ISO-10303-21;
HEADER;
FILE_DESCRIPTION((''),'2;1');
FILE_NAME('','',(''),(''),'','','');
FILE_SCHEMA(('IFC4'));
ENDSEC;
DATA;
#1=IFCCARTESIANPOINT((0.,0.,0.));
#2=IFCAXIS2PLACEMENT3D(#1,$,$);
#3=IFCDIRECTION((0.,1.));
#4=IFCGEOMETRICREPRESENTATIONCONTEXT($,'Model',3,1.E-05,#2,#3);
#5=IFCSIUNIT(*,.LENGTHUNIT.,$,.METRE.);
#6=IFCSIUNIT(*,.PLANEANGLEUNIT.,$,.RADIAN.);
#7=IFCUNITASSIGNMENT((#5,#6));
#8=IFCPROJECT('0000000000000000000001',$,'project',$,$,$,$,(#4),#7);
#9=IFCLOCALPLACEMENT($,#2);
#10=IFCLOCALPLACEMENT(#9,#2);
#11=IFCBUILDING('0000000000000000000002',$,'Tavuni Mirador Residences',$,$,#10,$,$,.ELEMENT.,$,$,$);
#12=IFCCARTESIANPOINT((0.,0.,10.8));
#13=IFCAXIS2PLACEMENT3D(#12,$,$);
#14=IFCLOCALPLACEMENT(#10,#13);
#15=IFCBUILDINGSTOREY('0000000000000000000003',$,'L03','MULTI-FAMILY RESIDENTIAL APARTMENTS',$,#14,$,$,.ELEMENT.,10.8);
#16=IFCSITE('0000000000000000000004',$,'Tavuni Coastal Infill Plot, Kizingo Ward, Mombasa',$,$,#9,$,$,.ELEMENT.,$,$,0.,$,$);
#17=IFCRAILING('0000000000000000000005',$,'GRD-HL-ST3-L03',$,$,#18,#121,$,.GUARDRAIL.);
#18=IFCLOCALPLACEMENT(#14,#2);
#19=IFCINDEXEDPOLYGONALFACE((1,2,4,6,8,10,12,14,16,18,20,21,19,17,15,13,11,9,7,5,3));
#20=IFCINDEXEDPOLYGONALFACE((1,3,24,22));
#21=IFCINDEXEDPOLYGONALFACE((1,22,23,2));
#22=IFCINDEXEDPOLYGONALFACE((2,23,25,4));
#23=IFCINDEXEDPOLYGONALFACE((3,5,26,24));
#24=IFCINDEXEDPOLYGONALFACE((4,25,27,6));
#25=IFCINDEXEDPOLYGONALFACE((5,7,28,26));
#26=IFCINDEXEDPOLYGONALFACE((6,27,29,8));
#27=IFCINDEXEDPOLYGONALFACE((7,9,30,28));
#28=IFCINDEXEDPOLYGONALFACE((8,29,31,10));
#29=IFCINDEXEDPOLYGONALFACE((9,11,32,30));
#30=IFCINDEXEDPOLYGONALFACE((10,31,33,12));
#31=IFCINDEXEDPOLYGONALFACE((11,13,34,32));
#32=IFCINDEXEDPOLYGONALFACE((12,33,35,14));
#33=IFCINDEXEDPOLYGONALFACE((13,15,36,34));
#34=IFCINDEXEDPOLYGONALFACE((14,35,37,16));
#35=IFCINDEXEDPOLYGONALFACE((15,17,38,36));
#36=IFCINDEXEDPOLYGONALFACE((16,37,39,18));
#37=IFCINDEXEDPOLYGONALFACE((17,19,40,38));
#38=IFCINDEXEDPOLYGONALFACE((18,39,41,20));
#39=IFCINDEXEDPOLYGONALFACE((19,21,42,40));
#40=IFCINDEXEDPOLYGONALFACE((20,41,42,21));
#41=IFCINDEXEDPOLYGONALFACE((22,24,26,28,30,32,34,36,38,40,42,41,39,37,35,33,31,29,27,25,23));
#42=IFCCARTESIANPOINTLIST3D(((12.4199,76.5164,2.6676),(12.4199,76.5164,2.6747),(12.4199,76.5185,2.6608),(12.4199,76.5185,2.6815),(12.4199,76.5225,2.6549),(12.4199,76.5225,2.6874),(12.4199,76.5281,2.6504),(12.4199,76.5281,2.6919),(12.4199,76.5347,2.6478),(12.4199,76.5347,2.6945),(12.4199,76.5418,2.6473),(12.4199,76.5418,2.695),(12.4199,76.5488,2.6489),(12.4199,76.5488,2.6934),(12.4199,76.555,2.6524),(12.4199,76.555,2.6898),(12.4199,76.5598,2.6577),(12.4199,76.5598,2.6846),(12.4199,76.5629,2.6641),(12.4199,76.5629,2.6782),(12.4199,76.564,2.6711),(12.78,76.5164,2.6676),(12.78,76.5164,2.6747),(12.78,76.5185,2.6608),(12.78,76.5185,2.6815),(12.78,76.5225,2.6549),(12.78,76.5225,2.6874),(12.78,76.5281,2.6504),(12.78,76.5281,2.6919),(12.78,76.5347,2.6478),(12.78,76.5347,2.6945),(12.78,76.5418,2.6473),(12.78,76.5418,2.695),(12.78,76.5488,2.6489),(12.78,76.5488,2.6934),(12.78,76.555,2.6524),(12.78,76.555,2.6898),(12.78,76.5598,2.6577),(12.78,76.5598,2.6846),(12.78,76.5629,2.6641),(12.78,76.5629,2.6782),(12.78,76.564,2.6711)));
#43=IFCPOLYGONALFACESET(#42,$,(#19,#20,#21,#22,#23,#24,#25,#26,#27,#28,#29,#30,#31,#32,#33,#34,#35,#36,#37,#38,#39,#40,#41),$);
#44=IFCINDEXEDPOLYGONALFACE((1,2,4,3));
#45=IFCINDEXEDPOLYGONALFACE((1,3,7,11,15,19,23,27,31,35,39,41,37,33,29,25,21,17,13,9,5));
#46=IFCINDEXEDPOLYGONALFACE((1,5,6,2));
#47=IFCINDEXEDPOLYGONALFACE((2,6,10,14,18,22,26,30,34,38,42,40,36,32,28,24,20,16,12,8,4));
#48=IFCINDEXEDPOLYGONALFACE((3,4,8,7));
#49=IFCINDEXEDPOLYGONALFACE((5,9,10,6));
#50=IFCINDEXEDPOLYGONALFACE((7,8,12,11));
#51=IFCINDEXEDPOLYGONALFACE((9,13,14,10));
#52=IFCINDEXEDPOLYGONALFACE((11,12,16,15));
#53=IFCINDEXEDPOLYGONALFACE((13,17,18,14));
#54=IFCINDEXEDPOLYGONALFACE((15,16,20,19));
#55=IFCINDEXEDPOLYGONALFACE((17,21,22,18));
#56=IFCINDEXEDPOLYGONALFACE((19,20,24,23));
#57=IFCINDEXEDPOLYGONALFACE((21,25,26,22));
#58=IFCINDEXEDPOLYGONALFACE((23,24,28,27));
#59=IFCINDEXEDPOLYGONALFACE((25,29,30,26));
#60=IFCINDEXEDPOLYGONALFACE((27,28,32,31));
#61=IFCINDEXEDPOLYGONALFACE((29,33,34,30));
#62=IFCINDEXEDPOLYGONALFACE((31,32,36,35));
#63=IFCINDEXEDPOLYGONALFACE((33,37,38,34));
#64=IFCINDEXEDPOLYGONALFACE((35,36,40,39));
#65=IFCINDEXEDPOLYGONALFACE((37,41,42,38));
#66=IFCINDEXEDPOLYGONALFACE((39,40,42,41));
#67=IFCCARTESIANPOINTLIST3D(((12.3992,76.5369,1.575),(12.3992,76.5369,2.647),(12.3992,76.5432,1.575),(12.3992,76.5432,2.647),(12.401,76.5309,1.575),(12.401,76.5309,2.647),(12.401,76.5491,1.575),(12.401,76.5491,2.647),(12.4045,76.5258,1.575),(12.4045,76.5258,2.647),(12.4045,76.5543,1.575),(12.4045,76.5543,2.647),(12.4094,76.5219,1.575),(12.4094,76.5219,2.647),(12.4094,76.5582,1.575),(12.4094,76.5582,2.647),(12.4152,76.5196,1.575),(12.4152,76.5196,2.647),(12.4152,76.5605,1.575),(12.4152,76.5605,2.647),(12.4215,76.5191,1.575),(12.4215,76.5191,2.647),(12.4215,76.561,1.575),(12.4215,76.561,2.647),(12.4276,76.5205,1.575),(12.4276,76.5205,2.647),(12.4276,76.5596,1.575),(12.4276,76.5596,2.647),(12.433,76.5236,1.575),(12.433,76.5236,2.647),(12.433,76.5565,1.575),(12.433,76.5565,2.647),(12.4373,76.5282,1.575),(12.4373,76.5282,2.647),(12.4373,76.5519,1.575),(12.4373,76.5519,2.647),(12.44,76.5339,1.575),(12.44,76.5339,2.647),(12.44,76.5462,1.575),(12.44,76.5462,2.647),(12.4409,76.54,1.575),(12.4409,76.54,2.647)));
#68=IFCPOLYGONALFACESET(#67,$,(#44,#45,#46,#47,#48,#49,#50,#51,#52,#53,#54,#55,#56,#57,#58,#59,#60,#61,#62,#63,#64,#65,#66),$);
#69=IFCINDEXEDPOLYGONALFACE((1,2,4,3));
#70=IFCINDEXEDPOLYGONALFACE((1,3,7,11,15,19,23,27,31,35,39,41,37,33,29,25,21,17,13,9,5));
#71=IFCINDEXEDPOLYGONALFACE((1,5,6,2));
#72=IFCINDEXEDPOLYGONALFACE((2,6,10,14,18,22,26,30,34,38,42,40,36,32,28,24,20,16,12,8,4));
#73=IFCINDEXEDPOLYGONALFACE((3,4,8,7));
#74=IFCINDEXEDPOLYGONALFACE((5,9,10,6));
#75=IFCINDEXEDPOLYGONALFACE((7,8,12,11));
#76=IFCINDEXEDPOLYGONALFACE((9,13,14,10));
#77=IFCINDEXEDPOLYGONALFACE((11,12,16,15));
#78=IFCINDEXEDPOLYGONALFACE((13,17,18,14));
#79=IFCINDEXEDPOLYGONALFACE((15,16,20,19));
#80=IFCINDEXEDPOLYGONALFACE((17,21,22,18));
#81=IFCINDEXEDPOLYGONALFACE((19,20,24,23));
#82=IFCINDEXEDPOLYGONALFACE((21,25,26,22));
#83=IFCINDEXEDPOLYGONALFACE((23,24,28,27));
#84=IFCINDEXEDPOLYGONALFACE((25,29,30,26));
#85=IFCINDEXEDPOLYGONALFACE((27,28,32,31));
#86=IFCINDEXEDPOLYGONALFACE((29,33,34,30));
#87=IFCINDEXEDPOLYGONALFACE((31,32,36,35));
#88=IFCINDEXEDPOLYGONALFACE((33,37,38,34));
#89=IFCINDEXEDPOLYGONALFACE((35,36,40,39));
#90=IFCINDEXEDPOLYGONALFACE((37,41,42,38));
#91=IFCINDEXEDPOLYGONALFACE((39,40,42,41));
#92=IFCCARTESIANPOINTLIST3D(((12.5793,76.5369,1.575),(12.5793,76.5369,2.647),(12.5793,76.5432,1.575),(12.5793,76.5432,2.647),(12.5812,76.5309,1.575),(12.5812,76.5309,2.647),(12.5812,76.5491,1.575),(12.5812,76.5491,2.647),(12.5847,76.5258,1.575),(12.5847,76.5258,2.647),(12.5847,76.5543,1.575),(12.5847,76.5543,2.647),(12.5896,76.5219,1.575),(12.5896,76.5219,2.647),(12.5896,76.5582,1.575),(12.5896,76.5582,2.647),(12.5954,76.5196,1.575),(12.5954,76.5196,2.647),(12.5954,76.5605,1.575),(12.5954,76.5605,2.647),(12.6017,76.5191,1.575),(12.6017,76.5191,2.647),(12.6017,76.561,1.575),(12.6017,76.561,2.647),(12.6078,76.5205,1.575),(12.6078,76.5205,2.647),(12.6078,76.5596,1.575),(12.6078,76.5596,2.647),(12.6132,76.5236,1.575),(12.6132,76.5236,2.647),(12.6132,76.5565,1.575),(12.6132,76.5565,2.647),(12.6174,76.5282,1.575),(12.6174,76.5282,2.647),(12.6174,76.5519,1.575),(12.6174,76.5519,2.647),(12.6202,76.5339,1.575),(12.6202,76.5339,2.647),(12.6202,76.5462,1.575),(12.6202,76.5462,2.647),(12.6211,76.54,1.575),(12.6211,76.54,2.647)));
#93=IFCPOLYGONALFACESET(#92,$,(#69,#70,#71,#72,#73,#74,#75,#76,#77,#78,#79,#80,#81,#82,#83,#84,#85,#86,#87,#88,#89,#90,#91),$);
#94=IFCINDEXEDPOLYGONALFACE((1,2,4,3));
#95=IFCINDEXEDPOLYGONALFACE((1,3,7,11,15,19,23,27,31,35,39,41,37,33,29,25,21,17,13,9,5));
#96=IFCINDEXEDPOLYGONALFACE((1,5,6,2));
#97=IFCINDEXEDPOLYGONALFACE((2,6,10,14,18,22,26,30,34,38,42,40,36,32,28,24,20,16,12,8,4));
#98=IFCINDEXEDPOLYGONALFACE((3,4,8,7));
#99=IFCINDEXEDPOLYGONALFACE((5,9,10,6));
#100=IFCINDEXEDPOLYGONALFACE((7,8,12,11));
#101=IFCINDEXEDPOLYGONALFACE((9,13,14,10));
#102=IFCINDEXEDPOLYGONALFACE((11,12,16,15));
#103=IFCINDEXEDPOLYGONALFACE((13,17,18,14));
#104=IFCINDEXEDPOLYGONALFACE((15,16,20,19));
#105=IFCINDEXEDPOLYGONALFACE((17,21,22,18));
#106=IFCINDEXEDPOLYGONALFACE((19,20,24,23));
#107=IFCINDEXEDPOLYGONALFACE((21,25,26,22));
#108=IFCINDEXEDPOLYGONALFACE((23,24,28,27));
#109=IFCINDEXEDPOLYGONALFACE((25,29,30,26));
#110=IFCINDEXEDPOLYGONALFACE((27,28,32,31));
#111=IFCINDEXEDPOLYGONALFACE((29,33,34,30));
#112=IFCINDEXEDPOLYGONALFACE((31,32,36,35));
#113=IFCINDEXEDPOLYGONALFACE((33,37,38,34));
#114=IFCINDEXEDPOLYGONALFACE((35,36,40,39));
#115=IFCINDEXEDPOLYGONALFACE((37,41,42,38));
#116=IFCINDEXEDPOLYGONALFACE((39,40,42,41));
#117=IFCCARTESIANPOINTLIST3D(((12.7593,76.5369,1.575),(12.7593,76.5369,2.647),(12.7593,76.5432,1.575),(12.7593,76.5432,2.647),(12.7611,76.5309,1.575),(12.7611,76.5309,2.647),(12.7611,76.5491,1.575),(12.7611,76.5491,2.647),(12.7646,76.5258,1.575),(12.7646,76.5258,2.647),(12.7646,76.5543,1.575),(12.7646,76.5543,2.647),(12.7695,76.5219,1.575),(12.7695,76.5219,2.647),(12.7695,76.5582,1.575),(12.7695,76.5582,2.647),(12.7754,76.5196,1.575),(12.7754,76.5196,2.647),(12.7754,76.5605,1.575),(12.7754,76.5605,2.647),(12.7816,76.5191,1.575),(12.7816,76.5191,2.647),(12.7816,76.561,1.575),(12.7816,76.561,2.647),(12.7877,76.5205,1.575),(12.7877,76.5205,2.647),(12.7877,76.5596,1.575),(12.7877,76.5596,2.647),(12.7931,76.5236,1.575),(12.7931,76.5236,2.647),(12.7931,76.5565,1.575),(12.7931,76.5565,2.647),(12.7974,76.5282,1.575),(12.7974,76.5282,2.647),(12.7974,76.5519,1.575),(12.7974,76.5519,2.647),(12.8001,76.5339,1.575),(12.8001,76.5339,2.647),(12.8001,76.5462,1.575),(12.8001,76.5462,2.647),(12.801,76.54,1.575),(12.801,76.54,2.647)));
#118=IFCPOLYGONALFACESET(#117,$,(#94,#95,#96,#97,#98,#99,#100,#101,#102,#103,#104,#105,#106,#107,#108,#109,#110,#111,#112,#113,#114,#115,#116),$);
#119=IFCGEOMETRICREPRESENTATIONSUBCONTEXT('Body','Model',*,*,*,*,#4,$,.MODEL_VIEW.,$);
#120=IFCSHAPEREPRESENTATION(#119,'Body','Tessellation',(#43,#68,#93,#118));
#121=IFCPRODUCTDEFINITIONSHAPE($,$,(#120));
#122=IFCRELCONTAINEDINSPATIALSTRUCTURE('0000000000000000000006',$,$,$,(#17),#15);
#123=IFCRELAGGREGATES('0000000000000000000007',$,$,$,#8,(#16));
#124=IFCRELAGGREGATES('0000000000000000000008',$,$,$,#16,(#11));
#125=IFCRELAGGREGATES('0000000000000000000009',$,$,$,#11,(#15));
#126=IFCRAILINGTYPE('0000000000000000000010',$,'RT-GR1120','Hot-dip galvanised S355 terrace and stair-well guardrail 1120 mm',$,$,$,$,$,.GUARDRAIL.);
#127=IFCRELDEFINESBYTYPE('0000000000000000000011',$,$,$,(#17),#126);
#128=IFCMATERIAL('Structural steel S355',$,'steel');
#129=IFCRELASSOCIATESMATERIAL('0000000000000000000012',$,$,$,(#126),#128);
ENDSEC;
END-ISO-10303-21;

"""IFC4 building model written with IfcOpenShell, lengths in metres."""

from ifc_helpers import new_model, si_unit, direction, frame, origin, origin_2d, place, context, subcontext, project, spatial, circle, extrude, material, type_object, element, save


model = new_model("IFC4")

# Units and contexts
model_context = context("Model", 3, precision=1e-05, world=origin(), true_north=direction((0.0, 1.0)))
body_context = subcontext(model_context, "Body", "Model", "MODEL_VIEW")
ifc_project = project(units=[si_unit("LENGTHUNIT", "METRE"), si_unit("PLANEANGLEUNIT", "RADIAN")], contexts=[model_context])

# Site, building, storey
site_placement = place(None, origin())
site = spatial("IfcSite", under=ifc_project, at=site_placement, Name="Tavuni Coastal Infill Plot, Kizingo Ward, Mombasa", CompositionType="ELEMENT", RefElevation=0.0)
building_placement = place(site_placement, origin())
building = spatial("IfcBuilding", under=site, at=building_placement, Name="Tavuni Mirador Residences", CompositionType="ELEMENT")
storey_placement = place(building_placement, frame((0.0, 0.0, 10.8)))
storey = spatial("IfcBuildingStorey", under=building, at=storey_placement, Name="L03", Description="MULTI-FAMILY RESIDENTIAL APARTMENTS", CompositionType="ELEMENT", Elevation=10.8)

# Shared definitions
ifc_material_1 = material(Name="Structural steel S355", Category="steel")

# Railing
railing_type_1 = type_object("IfcRailingType", Name="RT-GR1120", Description="Hot-dip galvanised S355 terrace and stair-well guardrail 1120 mm", PredefinedType="GUARDRAIL", material=ifc_material_1)
railing_1_placement = place(storey_placement, frame((12.4199, 76.54, 1.575)))
element("IfcRailing", 1, at=railing_1_placement, inside=storey, type_object=railing_type_1, Name="GRD-HL-ST3-L03", PredefinedType="GUARDRAIL", context=body_context, shape_type="SweptSolid", body=[
    extrude(circle(Radius=0.0239, at=origin_2d()), frame((0.0, 0.0, 1.0962), z_axis=(1.0, 0.0, 0.0), x_axis=(0.0, 1.0, 0.0)), (0.0, 0.0, 1.0), 0.3601),
    extrude(circle(Radius=0.021, at=origin_2d()), origin(), (0.0, 0.0, 1.0), 1.072),
    extrude(circle(Radius=0.021, at=origin_2d()), frame((0.1802, 0.0, 0.0)), (0.0, 0.0, 1.0), 1.072),
    extrude(circle(Radius=0.021, at=origin_2d()), frame((0.3601, 0.0, 0.0)), (0.0, 0.0, 1.0), 1.072),
])

save(model, "model.ifc")
